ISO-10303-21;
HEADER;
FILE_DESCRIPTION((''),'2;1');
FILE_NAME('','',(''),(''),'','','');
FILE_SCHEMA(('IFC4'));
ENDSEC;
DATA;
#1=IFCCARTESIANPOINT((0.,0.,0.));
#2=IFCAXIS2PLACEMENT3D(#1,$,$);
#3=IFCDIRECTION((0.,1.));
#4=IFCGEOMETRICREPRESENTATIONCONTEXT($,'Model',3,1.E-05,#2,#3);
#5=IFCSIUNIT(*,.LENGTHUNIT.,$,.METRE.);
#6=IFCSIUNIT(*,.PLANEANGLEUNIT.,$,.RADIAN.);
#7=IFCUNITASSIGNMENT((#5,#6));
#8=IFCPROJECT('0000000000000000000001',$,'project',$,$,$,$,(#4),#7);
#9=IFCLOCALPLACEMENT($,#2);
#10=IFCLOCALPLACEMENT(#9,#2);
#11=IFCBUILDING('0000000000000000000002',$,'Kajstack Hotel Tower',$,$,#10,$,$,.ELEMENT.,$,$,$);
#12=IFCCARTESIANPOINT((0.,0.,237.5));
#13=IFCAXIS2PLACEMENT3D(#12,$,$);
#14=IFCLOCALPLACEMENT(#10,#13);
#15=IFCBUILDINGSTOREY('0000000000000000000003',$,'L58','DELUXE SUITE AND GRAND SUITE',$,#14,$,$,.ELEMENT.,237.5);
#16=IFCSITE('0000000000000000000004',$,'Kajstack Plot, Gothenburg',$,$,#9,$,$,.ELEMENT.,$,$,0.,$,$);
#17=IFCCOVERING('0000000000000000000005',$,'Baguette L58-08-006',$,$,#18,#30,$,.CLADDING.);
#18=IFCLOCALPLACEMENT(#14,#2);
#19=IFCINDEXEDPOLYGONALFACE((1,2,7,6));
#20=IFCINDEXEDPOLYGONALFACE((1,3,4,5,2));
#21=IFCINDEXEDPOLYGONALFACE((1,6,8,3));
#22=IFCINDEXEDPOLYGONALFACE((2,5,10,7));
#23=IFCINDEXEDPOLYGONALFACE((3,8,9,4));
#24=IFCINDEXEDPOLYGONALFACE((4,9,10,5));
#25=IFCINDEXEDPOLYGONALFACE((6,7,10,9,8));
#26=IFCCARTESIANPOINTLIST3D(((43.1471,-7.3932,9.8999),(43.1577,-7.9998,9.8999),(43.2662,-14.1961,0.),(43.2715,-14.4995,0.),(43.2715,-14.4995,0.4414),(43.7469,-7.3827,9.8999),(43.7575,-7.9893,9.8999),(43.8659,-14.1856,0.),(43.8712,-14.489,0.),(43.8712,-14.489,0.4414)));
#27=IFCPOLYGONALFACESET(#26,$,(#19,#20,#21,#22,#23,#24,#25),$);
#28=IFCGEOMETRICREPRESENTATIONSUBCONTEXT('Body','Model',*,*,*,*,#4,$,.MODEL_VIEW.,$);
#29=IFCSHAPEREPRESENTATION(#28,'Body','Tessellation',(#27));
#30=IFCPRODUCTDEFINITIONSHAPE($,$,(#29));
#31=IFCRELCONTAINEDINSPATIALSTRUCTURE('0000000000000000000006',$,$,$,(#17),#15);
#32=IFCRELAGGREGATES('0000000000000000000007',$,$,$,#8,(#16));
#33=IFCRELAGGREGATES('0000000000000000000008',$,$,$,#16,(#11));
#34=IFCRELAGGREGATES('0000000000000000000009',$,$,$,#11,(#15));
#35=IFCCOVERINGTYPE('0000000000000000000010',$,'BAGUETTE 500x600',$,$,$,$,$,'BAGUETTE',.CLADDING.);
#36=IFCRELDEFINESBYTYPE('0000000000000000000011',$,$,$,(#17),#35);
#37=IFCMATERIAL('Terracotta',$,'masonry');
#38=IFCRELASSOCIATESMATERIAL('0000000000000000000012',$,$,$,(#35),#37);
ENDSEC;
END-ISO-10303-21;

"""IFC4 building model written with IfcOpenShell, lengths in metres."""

from ifc_helpers import new_model, si_unit, direction, frame, origin, origin_2d, place, context, subcontext, project, spatial, polyline, rectangle, outline, extrude, material, material_profile, profile_set, type_object, element, save


model = new_model("IFC4")

# Units and contexts
model_context = context("Model", 3, precision=1e-05, world=origin(), true_north=direction((0.0, 1.0)))
body_context = subcontext(model_context, "Body", "Model", "MODEL_VIEW")
ifc_project = project(units=[si_unit("LENGTHUNIT", "METRE"), si_unit("PLANEANGLEUNIT", "RADIAN")], contexts=[model_context])

# Site, building, storey
site_placement = place(None, origin())
site = spatial("IfcSite", under=ifc_project, at=site_placement, Name="Kajstack Plot, Gothenburg", CompositionType="ELEMENT", RefElevation=0.0)
building_placement = place(site_placement, origin())
building = spatial("IfcBuilding", under=site, at=building_placement, Name="Kajstack Hotel Tower", CompositionType="ELEMENT")
storey_placement = place(building_placement, frame((0.0, 0.0, 237.5)))
storey = spatial("IfcBuildingStorey", under=building, at=storey_placement, Name="L58", Description="DELUXE SUITE AND GRAND SUITE", CompositionType="ELEMENT", Elevation=237.5)

# Covering
ifc_material_1 = material(Name="Terracotta", Category="masonry")
ifc_material_profile = material_profile(ifc_material_1, rectangle(XDim=0.6001, YDim=0.5, at=origin_2d()), Name="Terracotta-clad concrete baguette 500 x 600")
ifc_profile_set = profile_set([ifc_material_profile], Name="Terracotta")
covering_type = type_object("IfcCoveringType", Name="BAGUETTE 500x600", ElementType="BAGUETTE", PredefinedType="CLADDING", material=ifc_profile_set)
covering_1_placement = place(storey_placement, frame((43.2715, -14.4995, 0.0), z_axis=(0.999847, 0.017498, 0.0), x_axis=(-0.017498, 0.999847, 0.0)))
element("IfcCovering", 1, at=covering_1_placement, inside=storey, type_object=covering_type, Name="Baguette L58-08-006", PredefinedType="CLADDING", context=body_context, shape_type="SweptSolid", body=[
    extrude(outline(polyline([(6.5007, 9.8999), (0.0, 0.4414), (0.0, 0.0), (0.3035, 0.0), (7.1074, 9.8999), (6.5007, 9.8999)])), origin(), (0.0, 0.0, 1.0), 0.5999),
])

save(model, "model.ifc")
